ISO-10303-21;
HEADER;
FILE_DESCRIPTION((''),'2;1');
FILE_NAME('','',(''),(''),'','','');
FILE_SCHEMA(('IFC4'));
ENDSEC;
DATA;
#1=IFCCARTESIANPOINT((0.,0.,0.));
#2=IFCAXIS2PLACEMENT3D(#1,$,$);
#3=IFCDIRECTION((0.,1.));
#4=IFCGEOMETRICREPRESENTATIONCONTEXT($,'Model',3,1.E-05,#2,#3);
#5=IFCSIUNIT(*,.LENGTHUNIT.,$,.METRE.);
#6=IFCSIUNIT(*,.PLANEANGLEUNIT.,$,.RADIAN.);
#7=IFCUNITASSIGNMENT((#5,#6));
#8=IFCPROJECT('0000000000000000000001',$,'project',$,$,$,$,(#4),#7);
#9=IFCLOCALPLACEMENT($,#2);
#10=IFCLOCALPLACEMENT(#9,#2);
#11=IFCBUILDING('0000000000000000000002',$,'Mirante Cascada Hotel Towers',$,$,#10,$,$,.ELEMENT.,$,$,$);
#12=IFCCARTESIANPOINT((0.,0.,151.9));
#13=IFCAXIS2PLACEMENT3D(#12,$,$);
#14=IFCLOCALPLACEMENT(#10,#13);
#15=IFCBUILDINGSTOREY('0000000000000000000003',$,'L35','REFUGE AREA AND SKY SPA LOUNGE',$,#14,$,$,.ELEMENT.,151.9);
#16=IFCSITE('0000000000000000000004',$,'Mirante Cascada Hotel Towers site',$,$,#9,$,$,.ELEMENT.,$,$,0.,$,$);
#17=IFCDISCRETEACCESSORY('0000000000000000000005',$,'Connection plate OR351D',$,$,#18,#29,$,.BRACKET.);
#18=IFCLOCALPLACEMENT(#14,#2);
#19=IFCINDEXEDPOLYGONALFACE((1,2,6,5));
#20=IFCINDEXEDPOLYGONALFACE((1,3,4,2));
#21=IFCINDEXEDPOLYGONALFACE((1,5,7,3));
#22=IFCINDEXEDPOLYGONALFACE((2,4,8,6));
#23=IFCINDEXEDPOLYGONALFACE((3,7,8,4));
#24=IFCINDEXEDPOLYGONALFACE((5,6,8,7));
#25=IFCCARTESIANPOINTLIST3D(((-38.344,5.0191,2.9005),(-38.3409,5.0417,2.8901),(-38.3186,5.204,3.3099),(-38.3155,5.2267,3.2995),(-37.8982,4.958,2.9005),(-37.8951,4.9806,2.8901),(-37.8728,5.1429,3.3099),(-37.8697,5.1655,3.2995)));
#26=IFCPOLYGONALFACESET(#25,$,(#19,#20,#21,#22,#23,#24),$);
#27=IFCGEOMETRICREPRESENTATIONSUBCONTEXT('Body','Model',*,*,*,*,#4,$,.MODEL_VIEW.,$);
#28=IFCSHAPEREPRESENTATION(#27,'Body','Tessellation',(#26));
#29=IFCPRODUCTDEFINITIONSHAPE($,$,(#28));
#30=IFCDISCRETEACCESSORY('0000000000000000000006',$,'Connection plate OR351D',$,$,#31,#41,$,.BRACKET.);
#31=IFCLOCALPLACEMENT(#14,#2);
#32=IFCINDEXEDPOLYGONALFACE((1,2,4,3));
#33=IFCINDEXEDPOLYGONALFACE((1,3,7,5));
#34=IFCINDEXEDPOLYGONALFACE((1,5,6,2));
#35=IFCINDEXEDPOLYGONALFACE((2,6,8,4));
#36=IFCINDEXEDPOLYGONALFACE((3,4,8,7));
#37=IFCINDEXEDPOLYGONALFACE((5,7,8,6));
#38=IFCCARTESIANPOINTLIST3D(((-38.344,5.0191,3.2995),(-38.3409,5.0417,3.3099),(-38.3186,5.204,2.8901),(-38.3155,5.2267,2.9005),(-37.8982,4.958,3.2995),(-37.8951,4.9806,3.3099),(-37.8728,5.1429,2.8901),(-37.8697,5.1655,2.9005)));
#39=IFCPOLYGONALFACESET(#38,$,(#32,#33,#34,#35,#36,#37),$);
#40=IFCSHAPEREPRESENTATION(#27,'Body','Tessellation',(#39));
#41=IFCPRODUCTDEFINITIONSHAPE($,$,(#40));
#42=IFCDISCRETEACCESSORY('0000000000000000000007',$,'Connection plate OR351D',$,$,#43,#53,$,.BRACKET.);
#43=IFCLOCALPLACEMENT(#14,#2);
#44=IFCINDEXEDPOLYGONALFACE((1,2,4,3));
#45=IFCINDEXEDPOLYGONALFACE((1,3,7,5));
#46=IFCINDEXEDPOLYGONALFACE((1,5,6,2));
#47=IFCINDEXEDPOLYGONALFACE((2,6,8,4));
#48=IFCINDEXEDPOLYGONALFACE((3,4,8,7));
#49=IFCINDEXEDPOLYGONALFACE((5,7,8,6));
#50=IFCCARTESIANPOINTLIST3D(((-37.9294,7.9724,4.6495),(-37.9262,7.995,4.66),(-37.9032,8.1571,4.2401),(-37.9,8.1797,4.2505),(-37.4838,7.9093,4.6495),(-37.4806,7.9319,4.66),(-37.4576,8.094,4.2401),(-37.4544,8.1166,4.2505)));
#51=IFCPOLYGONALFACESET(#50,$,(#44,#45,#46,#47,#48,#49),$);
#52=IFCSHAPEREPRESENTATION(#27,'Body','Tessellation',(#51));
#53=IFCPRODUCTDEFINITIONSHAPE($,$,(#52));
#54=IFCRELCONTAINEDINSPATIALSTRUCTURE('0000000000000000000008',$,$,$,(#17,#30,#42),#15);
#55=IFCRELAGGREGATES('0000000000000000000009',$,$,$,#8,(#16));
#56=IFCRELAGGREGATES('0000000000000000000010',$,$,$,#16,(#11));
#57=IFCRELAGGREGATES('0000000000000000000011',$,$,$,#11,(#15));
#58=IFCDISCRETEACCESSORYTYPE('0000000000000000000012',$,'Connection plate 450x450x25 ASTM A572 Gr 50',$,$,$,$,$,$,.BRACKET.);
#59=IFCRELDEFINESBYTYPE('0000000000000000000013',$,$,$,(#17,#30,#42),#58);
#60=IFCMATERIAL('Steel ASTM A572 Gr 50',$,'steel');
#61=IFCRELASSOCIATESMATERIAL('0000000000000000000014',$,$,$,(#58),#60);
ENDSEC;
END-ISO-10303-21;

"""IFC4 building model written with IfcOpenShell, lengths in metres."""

from ifc_helpers import new_model, si_unit, direction, frame, origin, origin_2d, place, context, subcontext, project, spatial, rectangle, extrude, material, material_profile, profile_set, type_object, element, save


model = new_model("IFC4")

# Units and contexts
model_context = context("Model", 3, precision=1e-05, world=origin(), true_north=direction((0.0, 1.0)))
body_context = subcontext(model_context, "Body", "Model", "MODEL_VIEW")
ifc_project = project(units=[si_unit("LENGTHUNIT", "METRE"), si_unit("PLANEANGLEUNIT", "RADIAN")], contexts=[model_context])

# Site, building, storey
site_placement = place(None, origin())
site = spatial("IfcSite", under=ifc_project, at=site_placement, Name="Mirante Cascada Hotel Towers site", CompositionType="ELEMENT", RefElevation=0.0)
building_placement = place(site_placement, origin())
building = spatial("IfcBuilding", under=site, at=building_placement, Name="Mirante Cascada Hotel Towers", CompositionType="ELEMENT")
storey_placement = place(building_placement, frame((0.0, 0.0, 151.9)))
storey = spatial("IfcBuildingStorey", under=building, at=storey_placement, Name="L35", Description="REFUGE AREA AND SKY SPA LOUNGE", CompositionType="ELEMENT", Elevation=151.9)

# Discrete accessories
ifc_material_1 = material(Name="Steel ASTM A572 Gr 50", Category="steel")
ifc_material_profile_1 = material_profile(ifc_material_1, rectangle(XDim=0.45, YDim=0.45, at=origin_2d()), Name="Connection plate 450x450x25 ASTM A572 Gr 50")
ifc_profile_set_1 = profile_set([ifc_material_profile_1], Name="Steel ASTM A572 Gr 50")
discrete_accessory_type = type_object("IfcDiscreteAccessoryType", Name="Connection plate 450x450x25 ASTM A572 Gr 50", PredefinedType="BRACKET", material=ifc_profile_set_1)
for number, where, z_axis, x_axis, name in (
    (1, (-38.1084, 5.081, 3.1052), (0.123651, 0.901458, -0.41483), (-0.990723, 0.135896, 0.0), "Connection plate OR351D"),
    (2, (-38.1084, 5.081, 3.0948), (0.123651, 0.901458, 0.41483), (-0.990723, 0.135896, 0.0), "Connection plate OR351D"),
    (3, (-37.6935, 8.0332, 4.4448), (0.127576, 0.901006, 0.414622), (-0.990124, 0.140194, 0.0), "Connection plate OR351D"),
):
    element("IfcDiscreteAccessory", number, at=place(storey_placement, frame(where, z_axis=z_axis, x_axis=x_axis)), inside=storey, type_object=discrete_accessory_type, Name=name, PredefinedType="BRACKET", context=body_context, shape_type="SweptSolid", body=[
        extrude(rectangle(XDim=0.45, YDim=0.45, at=origin_2d()), origin(), (0.0, 0.0, 1.0), 0.0251),
    ])

save(model, "model.ifc")
